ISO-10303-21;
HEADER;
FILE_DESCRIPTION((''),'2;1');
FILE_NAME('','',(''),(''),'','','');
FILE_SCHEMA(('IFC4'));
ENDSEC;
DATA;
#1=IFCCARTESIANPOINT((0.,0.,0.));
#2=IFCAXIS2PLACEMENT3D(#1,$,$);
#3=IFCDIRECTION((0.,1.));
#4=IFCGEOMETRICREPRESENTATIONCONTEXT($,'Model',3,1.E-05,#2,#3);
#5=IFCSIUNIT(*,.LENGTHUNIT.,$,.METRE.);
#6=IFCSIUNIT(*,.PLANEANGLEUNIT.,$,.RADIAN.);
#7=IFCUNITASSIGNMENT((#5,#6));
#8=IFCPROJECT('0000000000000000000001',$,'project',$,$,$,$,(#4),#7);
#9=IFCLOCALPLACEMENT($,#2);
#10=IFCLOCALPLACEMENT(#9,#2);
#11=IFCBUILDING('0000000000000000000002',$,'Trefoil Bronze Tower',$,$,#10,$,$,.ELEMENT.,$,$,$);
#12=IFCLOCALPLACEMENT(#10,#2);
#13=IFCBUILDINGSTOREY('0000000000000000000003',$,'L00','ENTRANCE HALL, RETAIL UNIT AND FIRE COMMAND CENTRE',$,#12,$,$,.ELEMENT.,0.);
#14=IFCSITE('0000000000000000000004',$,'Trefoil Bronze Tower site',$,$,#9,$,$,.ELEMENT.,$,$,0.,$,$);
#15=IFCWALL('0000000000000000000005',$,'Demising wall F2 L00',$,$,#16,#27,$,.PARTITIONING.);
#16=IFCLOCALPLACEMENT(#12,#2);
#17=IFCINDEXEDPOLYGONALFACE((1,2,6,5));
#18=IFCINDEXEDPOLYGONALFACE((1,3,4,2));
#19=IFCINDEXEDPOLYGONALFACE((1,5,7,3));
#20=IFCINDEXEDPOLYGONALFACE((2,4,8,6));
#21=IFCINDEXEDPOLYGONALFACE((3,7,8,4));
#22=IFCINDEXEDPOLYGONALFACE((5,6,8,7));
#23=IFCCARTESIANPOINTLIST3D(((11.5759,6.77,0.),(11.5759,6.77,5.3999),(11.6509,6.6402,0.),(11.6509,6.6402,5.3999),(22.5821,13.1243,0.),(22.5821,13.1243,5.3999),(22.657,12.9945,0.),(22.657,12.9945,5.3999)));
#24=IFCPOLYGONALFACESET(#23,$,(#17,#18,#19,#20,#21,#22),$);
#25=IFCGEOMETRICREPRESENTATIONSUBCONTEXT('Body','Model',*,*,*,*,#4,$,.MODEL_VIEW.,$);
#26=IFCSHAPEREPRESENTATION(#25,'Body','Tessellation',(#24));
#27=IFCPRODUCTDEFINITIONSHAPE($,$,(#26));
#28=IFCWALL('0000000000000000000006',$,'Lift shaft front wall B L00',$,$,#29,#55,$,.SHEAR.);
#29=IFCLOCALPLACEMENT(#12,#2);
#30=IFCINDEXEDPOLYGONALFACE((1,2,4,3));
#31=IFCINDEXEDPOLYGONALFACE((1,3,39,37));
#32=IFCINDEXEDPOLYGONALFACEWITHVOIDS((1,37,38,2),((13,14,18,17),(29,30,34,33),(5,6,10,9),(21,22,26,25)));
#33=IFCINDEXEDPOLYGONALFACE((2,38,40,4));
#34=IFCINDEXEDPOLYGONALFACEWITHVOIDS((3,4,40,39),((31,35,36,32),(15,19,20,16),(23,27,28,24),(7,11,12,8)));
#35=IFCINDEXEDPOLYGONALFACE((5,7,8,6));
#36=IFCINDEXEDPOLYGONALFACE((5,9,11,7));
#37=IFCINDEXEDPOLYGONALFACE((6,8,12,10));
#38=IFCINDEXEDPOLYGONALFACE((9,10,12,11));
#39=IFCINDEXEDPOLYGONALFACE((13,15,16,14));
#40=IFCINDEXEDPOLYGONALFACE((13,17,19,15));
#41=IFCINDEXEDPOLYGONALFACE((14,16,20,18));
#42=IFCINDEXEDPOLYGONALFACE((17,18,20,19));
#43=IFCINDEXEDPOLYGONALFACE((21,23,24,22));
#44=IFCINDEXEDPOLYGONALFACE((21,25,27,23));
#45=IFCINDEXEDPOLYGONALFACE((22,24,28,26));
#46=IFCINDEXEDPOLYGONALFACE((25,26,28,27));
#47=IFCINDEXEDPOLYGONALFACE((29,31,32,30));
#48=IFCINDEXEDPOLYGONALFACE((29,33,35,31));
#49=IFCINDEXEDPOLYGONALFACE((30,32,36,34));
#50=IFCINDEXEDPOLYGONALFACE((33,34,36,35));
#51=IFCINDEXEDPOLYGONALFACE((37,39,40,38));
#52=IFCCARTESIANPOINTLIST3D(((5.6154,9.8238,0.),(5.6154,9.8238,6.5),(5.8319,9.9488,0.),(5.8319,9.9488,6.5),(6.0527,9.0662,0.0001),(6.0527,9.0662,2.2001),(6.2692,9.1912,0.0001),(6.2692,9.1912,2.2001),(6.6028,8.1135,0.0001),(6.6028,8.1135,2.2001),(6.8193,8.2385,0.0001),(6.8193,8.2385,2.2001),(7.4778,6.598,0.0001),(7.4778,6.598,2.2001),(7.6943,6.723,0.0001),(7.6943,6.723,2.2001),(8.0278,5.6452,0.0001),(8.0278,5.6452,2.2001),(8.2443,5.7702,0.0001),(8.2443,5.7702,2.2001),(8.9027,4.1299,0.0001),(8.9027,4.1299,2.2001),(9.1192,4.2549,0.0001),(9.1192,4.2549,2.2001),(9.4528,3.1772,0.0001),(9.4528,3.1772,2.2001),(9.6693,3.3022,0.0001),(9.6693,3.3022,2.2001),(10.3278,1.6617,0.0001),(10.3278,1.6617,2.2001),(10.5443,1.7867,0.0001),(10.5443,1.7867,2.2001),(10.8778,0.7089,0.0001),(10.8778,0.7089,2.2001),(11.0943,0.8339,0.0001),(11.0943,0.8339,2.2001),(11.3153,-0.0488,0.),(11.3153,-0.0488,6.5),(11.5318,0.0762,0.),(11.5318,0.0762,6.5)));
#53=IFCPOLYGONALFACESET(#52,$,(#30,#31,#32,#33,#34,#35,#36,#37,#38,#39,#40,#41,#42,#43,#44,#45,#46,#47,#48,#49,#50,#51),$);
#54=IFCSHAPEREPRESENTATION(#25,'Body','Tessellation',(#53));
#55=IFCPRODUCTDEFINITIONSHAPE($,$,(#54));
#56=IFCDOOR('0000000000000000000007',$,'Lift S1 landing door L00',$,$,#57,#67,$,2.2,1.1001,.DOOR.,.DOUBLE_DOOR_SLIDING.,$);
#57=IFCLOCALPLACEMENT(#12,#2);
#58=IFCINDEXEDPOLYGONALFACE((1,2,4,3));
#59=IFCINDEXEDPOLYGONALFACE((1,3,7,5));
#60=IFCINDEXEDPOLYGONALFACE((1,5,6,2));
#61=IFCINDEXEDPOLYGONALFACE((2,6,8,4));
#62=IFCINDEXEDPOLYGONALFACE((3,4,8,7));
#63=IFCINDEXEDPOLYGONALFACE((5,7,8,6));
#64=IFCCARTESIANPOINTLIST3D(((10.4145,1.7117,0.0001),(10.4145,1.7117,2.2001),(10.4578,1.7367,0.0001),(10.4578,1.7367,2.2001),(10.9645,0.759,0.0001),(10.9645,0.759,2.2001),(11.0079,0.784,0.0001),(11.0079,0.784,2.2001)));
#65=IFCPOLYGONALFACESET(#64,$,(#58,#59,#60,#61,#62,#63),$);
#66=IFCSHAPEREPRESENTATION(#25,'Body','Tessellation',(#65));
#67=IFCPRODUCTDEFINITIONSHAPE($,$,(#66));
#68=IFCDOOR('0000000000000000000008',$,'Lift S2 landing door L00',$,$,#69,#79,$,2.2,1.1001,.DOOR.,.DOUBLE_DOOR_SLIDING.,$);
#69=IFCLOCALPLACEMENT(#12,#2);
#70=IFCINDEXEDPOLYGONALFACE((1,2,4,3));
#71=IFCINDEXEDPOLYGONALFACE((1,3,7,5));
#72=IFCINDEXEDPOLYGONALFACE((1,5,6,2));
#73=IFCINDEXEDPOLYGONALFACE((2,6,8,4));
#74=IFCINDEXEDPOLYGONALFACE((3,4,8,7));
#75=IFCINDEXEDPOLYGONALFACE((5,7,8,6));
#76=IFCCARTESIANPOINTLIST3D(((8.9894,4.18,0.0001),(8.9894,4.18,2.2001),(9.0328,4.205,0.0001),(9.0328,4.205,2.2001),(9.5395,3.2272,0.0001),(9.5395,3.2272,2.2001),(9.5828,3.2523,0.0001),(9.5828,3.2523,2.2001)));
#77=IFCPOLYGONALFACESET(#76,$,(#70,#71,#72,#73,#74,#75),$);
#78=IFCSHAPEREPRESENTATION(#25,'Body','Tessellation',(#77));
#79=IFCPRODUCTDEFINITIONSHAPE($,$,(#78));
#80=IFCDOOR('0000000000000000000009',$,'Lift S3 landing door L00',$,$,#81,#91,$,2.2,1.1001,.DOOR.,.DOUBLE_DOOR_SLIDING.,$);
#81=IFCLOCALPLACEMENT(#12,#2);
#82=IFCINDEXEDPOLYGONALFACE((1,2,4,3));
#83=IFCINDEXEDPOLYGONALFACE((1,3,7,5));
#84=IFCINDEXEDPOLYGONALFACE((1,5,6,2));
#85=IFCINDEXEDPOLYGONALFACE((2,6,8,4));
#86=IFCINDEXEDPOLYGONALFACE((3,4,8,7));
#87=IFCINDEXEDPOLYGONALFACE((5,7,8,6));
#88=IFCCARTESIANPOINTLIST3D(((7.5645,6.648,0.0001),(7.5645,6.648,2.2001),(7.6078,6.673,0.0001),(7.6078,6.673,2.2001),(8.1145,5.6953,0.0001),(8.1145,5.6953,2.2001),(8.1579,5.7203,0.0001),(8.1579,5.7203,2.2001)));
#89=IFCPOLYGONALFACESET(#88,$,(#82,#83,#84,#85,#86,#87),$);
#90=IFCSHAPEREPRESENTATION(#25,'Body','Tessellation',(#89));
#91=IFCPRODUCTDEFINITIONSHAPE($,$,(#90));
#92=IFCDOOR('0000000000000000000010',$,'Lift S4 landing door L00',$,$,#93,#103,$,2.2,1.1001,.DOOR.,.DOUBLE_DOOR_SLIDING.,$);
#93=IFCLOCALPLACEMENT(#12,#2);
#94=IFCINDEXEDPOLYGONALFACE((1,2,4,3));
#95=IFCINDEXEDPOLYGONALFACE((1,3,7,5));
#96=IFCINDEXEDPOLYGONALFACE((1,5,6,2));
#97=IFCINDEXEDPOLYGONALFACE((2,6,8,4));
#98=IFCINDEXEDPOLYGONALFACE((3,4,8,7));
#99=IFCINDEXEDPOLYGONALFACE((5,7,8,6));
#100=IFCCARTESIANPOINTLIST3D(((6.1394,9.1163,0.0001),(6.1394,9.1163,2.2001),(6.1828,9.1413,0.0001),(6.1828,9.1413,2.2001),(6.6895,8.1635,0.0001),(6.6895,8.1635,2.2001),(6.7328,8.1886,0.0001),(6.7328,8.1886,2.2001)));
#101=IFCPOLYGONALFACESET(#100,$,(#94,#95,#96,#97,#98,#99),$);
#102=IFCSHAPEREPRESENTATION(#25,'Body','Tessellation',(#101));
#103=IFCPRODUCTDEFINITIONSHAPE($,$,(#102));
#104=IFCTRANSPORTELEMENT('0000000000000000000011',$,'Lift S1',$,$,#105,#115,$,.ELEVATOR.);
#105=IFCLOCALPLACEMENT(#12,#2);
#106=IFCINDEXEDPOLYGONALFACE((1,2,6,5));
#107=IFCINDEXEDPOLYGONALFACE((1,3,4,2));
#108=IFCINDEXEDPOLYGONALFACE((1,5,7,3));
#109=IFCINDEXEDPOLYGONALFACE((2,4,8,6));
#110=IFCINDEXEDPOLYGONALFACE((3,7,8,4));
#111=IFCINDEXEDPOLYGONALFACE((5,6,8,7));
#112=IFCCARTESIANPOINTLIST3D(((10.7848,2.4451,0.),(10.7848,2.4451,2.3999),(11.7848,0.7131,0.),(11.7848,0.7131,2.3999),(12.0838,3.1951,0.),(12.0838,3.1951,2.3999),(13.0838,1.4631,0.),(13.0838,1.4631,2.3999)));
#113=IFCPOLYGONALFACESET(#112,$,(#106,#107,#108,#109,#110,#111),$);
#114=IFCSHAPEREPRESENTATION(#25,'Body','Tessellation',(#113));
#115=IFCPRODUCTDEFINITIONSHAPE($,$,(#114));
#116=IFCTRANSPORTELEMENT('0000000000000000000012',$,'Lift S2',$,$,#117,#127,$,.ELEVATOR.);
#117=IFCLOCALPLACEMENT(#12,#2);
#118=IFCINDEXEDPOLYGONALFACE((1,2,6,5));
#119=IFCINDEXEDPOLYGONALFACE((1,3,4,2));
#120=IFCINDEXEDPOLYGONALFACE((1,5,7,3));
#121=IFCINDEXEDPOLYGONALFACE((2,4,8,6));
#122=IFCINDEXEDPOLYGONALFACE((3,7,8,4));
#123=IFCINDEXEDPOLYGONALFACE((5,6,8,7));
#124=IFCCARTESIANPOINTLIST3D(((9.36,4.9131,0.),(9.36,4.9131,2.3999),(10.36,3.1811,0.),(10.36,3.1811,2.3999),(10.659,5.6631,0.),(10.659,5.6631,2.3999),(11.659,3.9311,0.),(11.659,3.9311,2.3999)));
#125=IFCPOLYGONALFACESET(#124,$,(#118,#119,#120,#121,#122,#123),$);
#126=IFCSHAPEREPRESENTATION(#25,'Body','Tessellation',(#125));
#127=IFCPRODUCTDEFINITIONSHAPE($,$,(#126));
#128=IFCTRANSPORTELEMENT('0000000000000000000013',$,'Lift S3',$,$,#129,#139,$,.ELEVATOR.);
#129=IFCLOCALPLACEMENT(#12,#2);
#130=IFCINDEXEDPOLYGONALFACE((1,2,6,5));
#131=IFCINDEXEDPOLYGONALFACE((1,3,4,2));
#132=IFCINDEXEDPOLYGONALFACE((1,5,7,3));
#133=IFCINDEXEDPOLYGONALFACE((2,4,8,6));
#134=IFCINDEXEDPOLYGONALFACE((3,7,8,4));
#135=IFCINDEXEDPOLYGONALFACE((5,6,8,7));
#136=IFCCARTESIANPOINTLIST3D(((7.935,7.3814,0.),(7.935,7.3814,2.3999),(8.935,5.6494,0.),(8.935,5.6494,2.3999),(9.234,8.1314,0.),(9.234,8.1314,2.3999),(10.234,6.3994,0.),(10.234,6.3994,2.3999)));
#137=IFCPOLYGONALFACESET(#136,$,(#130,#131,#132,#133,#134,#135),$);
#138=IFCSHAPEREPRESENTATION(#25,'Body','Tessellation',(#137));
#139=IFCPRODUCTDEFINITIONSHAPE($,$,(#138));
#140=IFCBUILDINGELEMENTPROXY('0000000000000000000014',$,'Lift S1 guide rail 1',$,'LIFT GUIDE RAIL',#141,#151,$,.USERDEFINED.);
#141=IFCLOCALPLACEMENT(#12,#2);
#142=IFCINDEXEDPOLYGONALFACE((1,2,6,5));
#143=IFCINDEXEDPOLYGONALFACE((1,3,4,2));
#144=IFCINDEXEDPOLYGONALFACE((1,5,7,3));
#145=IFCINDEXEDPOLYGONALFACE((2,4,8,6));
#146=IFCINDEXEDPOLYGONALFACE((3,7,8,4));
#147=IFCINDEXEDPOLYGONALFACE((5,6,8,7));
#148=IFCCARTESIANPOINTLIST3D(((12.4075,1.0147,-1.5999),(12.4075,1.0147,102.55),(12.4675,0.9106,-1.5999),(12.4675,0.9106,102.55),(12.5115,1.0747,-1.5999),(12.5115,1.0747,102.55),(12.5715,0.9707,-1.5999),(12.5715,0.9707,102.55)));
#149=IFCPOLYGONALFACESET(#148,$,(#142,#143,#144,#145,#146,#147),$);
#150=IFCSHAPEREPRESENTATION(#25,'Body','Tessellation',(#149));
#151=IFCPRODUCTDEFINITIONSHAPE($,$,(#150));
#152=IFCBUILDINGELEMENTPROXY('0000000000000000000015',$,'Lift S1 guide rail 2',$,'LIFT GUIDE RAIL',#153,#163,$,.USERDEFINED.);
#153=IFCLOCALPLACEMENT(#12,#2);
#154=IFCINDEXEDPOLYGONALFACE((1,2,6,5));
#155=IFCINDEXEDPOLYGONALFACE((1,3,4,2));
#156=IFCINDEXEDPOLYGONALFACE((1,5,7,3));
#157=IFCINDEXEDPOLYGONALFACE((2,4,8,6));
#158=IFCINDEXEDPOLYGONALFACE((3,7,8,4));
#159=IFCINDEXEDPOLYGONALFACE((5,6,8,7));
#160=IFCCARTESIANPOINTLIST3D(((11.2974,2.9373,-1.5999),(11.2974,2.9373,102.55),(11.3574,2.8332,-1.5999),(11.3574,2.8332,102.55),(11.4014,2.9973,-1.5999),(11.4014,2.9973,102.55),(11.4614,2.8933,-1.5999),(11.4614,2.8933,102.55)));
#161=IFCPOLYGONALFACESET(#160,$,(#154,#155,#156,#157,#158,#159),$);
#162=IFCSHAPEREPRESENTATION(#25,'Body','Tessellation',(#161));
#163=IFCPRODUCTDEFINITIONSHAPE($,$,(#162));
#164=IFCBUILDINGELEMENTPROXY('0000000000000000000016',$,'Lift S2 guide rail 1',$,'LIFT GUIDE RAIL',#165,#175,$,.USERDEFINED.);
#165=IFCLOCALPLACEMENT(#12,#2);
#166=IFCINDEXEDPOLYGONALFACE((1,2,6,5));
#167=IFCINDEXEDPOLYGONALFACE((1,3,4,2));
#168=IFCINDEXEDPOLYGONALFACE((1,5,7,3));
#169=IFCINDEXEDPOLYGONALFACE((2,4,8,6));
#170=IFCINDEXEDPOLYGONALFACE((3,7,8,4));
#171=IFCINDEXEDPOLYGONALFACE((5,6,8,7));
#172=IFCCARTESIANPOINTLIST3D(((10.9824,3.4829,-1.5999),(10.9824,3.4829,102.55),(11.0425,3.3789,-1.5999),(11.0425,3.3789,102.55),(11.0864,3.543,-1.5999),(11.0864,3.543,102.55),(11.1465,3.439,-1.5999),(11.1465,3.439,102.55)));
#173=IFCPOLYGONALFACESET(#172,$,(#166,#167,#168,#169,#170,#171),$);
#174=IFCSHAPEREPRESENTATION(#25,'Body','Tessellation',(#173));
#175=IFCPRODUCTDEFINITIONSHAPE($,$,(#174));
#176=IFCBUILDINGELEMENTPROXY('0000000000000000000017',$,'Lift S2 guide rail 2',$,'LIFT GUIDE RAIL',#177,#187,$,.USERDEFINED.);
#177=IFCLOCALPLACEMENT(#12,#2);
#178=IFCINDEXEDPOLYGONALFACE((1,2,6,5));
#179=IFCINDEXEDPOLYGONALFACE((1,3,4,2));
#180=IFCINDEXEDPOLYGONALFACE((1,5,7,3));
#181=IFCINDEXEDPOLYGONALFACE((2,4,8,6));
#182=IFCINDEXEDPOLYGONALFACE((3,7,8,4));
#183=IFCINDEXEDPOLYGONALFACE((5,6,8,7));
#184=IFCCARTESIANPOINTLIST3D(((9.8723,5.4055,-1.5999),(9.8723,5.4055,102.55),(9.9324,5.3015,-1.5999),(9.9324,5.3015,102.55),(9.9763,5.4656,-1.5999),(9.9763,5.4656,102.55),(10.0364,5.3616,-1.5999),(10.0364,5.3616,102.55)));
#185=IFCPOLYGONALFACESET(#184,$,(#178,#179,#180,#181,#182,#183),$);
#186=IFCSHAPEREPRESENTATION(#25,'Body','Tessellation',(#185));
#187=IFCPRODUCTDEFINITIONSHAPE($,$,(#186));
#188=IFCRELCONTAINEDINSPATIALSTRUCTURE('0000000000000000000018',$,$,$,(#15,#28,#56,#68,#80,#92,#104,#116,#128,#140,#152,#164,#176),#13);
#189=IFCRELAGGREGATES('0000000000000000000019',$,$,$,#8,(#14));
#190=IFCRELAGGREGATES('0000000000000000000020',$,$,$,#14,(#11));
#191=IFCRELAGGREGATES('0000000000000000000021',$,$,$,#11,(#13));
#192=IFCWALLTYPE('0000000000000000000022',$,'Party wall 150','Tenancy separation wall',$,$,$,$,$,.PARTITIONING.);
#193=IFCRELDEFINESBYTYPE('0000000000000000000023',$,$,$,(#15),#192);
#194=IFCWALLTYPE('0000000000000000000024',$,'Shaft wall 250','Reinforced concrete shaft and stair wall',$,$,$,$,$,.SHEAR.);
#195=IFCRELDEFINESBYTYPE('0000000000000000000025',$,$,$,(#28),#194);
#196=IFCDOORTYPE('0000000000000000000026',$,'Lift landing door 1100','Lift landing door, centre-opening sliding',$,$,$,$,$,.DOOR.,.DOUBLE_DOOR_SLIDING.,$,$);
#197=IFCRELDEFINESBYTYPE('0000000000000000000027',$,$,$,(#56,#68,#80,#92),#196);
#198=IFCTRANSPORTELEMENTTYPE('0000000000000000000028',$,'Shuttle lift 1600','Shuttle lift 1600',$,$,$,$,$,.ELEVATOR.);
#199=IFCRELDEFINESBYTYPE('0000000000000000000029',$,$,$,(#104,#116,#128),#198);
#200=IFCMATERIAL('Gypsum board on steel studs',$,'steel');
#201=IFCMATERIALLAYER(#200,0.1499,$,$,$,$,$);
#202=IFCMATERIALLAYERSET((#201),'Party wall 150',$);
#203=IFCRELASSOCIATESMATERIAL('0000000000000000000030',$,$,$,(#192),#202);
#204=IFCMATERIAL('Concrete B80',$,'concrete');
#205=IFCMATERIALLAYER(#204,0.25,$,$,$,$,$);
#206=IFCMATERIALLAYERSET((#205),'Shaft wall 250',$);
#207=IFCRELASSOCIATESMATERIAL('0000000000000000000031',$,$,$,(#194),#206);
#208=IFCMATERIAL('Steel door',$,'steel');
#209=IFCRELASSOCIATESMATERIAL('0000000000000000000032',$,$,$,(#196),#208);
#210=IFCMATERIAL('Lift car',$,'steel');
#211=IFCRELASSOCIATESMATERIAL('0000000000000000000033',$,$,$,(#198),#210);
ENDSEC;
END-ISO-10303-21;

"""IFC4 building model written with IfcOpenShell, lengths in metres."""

from ifc_helpers import new_model, si_unit, direction, frame, frame_2d, origin, origin_2d, place, context, subcontext, project, spatial, rectangle, extrude, material, layer, layer_set, type_object, element, fill, save


model = new_model("IFC4")

# Units and contexts
model_context = context("Model", 3, precision=1e-05, world=origin(), true_north=direction((0.0, 1.0)))
body_context = subcontext(model_context, "Body", "Model", "MODEL_VIEW")
ifc_project = project(units=[si_unit("LENGTHUNIT", "METRE"), si_unit("PLANEANGLEUNIT", "RADIAN")], contexts=[model_context])

# Site, building, storey
site_placement = place(None, origin())
site = spatial("IfcSite", under=ifc_project, at=site_placement, Name="Trefoil Bronze Tower site", CompositionType="ELEMENT", RefElevation=0.0)
building_placement = place(site_placement, origin())
building = spatial("IfcBuilding", under=site, at=building_placement, Name="Trefoil Bronze Tower", CompositionType="ELEMENT")
storey_placement = place(building_placement, origin())
storey = spatial("IfcBuildingStorey", under=building, at=storey_placement, Name="L00", Description="ENTRANCE HALL, RETAIL UNIT AND FIRE COMMAND CENTRE", CompositionType="ELEMENT", Elevation=0.0)

# Wall
ifc_material_1 = material(Name="Gypsum board on steel studs", Category="steel")
ifc_layer_1 = layer(ifc_material_1, 0.1499)
ifc_layer_set_1 = layer_set([ifc_layer_1], Name="Party wall 150")
wall_type_1 = type_object("IfcWallType", Name="Party wall 150", Description="Tenancy separation wall", PredefinedType="PARTITIONING", material=ifc_layer_set_1)
wall_1_placement = place(storey_placement, frame((11.6133, 6.7051, 0.0), z_axis=(0.0, 0.0, 1.0), x_axis=(0.86603, 0.499992, 0.0)))
element("IfcWall", 1, at=wall_1_placement, inside=storey, type_object=wall_type_1, Name="Demising wall F2 L00", PredefinedType="PARTITIONING", context=body_context, shape_type="SweptSolid", body=[
    extrude(rectangle(XDim=12.7087, YDim=0.1499, at=frame_2d((6.3545, 0.0))), origin(), (0.0, 0.0, 1.0), 5.3999),
])

# Wall, openings, doors
ifc_material_2 = material(Name="Concrete B80", Category="concrete")
ifc_layer_2 = layer(ifc_material_2, 0.25)
ifc_layer_set_2 = layer_set([ifc_layer_2], Name="Shaft wall 250")
wall_type_2 = type_object("IfcWallType", Name="Shaft wall 250", Description="Reinforced concrete shaft and stair wall", PredefinedType="SHEAR", material=ifc_layer_set_2)
wall_2_placement = place(storey_placement, frame((11.4236, 0.0137, 0.0), z_axis=(0.0, 0.0, 1.0), x_axis=(-0.500002, 0.866024, 0.0)))
wall_2 = element("IfcWall", 2, at=wall_2_placement, inside=storey, type_object=wall_type_2, Name="Lift shaft front wall B L00", PredefinedType="SHEAR", context=body_context, shape_type="SweptSolid", body=[
    extrude(rectangle(XDim=11.3999, YDim=0.25, at=frame_2d((5.7, 0.0))), origin(), (0.0, 0.0, 1.0), 6.5),
])
opening_1_placement = place(wall_2_placement, frame((0.875, 0.0, 0.0)))
opening_1 = element("IfcOpeningElement", 3, at=opening_1_placement, cuts=wall_2, PredefinedType="OPENING", context=body_context, shape_type="SweptSolid", body=[
    extrude(rectangle(XDim=1.1001, YDim=2.2, at=frame_2d((0.55, 1.1001))), frame((0.0, 0.135, 0.0), z_axis=(0.0, -1.0, 0.0), x_axis=(1.0, 0.0, 0.0)), (0.0, 0.0, 1.0), 0.27),
])
opening_2_placement = place(wall_2_placement, frame((3.7251, 0.0, 0.0)))
opening_2 = element("IfcOpeningElement", 4, at=opening_2_placement, cuts=wall_2, PredefinedType="OPENING", context=body_context, shape_type="SweptSolid", body=[
    extrude(rectangle(XDim=1.1001, YDim=2.2, at=frame_2d((0.55, 1.1001))), frame((0.0, 0.135, 0.0), z_axis=(0.0, -1.0, 0.0), x_axis=(1.0, 0.0, 0.0)), (0.0, 0.0, 1.0), 0.27),
])
opening_3_placement = place(wall_2_placement, frame((6.575, 0.0, 0.0)))
opening_3 = element("IfcOpeningElement", 5, at=opening_3_placement, cuts=wall_2, PredefinedType="OPENING", context=body_context, shape_type="SweptSolid", body=[
    extrude(rectangle(XDim=1.1001, YDim=2.2, at=frame_2d((0.55, 1.1001))), frame((0.0, 0.135, 0.0), z_axis=(0.0, -1.0, 0.0), x_axis=(1.0, 0.0, 0.0)), (0.0, 0.0, 1.0), 0.27),
])
opening_4_placement = place(wall_2_placement, frame((9.425, 0.0, 0.0)))
opening_4 = element("IfcOpeningElement", 6, at=opening_4_placement, cuts=wall_2, PredefinedType="OPENING", context=body_context, shape_type="SweptSolid", body=[
    extrude(rectangle(XDim=1.1001, YDim=2.2, at=frame_2d((0.55, 1.1001))), frame((0.0, 0.135, 0.0), z_axis=(0.0, -1.0, 0.0), x_axis=(1.0, 0.0, 0.0)), (0.0, 0.0, 1.0), 0.27),
])
ifc_material_3 = material(Name="Steel door", Category="steel")
door_type = type_object("IfcDoorType", Name="Lift landing door 1100", Description="Lift landing door, centre-opening sliding", OperationType="DOUBLE_DOOR_SLIDING", PredefinedType="DOOR", material=ifc_material_3)
door_1_placement = place(opening_1_placement, origin())
door_1 = element("IfcDoor", 7, at=door_1_placement, inside=storey, type_object=door_type, Name="Lift S1 landing door L00", OperationType="DOUBLE_DOOR_SLIDING", OverallHeight=2.2, OverallWidth=1.1001, PredefinedType="DOOR", context=body_context, shape_type="SweptSolid", body=[
    extrude(rectangle(XDim=1.1001, YDim=2.2, at=frame_2d((0.55, 1.1001))), frame((0.0, 0.0249, 0.0), z_axis=(0.0, -1.0, 0.0), x_axis=(1.0, 0.0, 0.0)), (0.0, 0.0, 1.0), 0.05),
])
fill(opening_1, door_1)
door_2_placement = place(opening_2_placement, origin())
door_2 = element("IfcDoor", 8, at=door_2_placement, inside=storey, type_object=door_type, Name="Lift S2 landing door L00", OperationType="DOUBLE_DOOR_SLIDING", OverallHeight=2.2, OverallWidth=1.1001, PredefinedType="DOOR", context=body_context, shape_type="SweptSolid", body=[
    extrude(rectangle(XDim=1.1001, YDim=2.2, at=frame_2d((0.55, 1.1001))), frame((0.0, 0.0249, 0.0), z_axis=(0.0, -1.0, 0.0), x_axis=(1.0, 0.0, 0.0)), (0.0, 0.0, 1.0), 0.05),
])
fill(opening_2, door_2)
door_3_placement = place(opening_3_placement, origin())
door_3 = element("IfcDoor", 9, at=door_3_placement, inside=storey, type_object=door_type, Name="Lift S3 landing door L00", OperationType="DOUBLE_DOOR_SLIDING", OverallHeight=2.2, OverallWidth=1.1001, PredefinedType="DOOR", context=body_context, shape_type="SweptSolid", body=[
    extrude(rectangle(XDim=1.1001, YDim=2.2, at=frame_2d((0.55, 1.1001))), frame((0.0, 0.0249, 0.0), z_axis=(0.0, -1.0, 0.0), x_axis=(1.0, 0.0, 0.0)), (0.0, 0.0, 1.0), 0.05),
])
fill(opening_3, door_3)
door_4_placement = place(opening_4_placement, origin())
door_4 = element("IfcDoor", 10, at=door_4_placement, inside=storey, type_object=door_type, Name="Lift S4 landing door L00", OperationType="DOUBLE_DOOR_SLIDING", OverallHeight=2.2, OverallWidth=1.1001, PredefinedType="DOOR", context=body_context, shape_type="SweptSolid", body=[
    extrude(rectangle(XDim=1.1001, YDim=2.2, at=frame_2d((0.55, 1.1001))), frame((0.0, 0.0249, 0.0), z_axis=(0.0, -1.0, 0.0), x_axis=(1.0, 0.0, 0.0)), (0.0, 0.0, 1.0), 0.05),
])
fill(opening_4, door_4)

# Transport elements
ifc_material_4 = material(Name="Lift car", Category="steel")
transport_element_type = type_object("IfcTransportElementType", Name="Shuttle lift 1600", Description="Shuttle lift 1600", PredefinedType="ELEVATOR", material=ifc_material_4)
for number, where, z_axis, x_axis, name in (
    (11, (11.9343, 1.9541, 0.0), (0.0, 0.0, 1.0), (-0.5, 0.866025, 0.0), "Lift S1"),
    (12, (10.5095, 4.4221, 0.0), (0.0, 0.0, 1.0), (-0.5, 0.866025, 0.0), "Lift S2"),
    (13, (9.0845, 6.8904, 0.0), (0.0, 0.0, 1.0), (-0.5, 0.866025, 0.0), "Lift S3"),
):
    element("IfcTransportElement", number, at=place(storey_placement, frame(where, z_axis=z_axis, x_axis=x_axis)), inside=storey, type_object=transport_element_type, Name=name, PredefinedType="ELEVATOR", context=body_context, shape_type="SweptSolid", body=[
        extrude(rectangle(XDim=2.0, YDim=1.5, at=origin_2d()), origin(), (0.0, 0.0, 1.0), 2.3999),
    ])

# Building element proxies
for number, where, z_axis, x_axis, name in (
    (14, (12.4895, 0.9927, -1.5999), (0.0, 0.0, 1.0), (-0.5, 0.866025, 0.0), "Lift S1 guide rail 1"),
    (15, (11.3794, 2.9153, -1.5999), (0.0, 0.0, 1.0), (-0.5, 0.866025, 0.0), "Lift S1 guide rail 2"),
    (16, (11.0645, 3.4609, -1.5999), (0.0, 0.0, 1.0), (-0.5, 0.866025, 0.0), "Lift S2 guide rail 1"),
    (17, (9.9543, 5.3835, -1.5999), (0.0, 0.0, 1.0), (-0.5, 0.866025, 0.0), "Lift S2 guide rail 2"),
):
    element("IfcBuildingElementProxy", number, at=place(storey_placement, frame(where, z_axis=z_axis, x_axis=x_axis)), inside=storey, Name=name, ObjectType="LIFT GUIDE RAIL", PredefinedType="USERDEFINED", context=body_context, shape_type="SweptSolid", body=[
        extrude(rectangle(XDim=0.1201, YDim=0.1201, at=origin_2d()), origin(), (0.0, 0.0, 1.0), 104.1499),
    ])

save(model, "model.ifc")
